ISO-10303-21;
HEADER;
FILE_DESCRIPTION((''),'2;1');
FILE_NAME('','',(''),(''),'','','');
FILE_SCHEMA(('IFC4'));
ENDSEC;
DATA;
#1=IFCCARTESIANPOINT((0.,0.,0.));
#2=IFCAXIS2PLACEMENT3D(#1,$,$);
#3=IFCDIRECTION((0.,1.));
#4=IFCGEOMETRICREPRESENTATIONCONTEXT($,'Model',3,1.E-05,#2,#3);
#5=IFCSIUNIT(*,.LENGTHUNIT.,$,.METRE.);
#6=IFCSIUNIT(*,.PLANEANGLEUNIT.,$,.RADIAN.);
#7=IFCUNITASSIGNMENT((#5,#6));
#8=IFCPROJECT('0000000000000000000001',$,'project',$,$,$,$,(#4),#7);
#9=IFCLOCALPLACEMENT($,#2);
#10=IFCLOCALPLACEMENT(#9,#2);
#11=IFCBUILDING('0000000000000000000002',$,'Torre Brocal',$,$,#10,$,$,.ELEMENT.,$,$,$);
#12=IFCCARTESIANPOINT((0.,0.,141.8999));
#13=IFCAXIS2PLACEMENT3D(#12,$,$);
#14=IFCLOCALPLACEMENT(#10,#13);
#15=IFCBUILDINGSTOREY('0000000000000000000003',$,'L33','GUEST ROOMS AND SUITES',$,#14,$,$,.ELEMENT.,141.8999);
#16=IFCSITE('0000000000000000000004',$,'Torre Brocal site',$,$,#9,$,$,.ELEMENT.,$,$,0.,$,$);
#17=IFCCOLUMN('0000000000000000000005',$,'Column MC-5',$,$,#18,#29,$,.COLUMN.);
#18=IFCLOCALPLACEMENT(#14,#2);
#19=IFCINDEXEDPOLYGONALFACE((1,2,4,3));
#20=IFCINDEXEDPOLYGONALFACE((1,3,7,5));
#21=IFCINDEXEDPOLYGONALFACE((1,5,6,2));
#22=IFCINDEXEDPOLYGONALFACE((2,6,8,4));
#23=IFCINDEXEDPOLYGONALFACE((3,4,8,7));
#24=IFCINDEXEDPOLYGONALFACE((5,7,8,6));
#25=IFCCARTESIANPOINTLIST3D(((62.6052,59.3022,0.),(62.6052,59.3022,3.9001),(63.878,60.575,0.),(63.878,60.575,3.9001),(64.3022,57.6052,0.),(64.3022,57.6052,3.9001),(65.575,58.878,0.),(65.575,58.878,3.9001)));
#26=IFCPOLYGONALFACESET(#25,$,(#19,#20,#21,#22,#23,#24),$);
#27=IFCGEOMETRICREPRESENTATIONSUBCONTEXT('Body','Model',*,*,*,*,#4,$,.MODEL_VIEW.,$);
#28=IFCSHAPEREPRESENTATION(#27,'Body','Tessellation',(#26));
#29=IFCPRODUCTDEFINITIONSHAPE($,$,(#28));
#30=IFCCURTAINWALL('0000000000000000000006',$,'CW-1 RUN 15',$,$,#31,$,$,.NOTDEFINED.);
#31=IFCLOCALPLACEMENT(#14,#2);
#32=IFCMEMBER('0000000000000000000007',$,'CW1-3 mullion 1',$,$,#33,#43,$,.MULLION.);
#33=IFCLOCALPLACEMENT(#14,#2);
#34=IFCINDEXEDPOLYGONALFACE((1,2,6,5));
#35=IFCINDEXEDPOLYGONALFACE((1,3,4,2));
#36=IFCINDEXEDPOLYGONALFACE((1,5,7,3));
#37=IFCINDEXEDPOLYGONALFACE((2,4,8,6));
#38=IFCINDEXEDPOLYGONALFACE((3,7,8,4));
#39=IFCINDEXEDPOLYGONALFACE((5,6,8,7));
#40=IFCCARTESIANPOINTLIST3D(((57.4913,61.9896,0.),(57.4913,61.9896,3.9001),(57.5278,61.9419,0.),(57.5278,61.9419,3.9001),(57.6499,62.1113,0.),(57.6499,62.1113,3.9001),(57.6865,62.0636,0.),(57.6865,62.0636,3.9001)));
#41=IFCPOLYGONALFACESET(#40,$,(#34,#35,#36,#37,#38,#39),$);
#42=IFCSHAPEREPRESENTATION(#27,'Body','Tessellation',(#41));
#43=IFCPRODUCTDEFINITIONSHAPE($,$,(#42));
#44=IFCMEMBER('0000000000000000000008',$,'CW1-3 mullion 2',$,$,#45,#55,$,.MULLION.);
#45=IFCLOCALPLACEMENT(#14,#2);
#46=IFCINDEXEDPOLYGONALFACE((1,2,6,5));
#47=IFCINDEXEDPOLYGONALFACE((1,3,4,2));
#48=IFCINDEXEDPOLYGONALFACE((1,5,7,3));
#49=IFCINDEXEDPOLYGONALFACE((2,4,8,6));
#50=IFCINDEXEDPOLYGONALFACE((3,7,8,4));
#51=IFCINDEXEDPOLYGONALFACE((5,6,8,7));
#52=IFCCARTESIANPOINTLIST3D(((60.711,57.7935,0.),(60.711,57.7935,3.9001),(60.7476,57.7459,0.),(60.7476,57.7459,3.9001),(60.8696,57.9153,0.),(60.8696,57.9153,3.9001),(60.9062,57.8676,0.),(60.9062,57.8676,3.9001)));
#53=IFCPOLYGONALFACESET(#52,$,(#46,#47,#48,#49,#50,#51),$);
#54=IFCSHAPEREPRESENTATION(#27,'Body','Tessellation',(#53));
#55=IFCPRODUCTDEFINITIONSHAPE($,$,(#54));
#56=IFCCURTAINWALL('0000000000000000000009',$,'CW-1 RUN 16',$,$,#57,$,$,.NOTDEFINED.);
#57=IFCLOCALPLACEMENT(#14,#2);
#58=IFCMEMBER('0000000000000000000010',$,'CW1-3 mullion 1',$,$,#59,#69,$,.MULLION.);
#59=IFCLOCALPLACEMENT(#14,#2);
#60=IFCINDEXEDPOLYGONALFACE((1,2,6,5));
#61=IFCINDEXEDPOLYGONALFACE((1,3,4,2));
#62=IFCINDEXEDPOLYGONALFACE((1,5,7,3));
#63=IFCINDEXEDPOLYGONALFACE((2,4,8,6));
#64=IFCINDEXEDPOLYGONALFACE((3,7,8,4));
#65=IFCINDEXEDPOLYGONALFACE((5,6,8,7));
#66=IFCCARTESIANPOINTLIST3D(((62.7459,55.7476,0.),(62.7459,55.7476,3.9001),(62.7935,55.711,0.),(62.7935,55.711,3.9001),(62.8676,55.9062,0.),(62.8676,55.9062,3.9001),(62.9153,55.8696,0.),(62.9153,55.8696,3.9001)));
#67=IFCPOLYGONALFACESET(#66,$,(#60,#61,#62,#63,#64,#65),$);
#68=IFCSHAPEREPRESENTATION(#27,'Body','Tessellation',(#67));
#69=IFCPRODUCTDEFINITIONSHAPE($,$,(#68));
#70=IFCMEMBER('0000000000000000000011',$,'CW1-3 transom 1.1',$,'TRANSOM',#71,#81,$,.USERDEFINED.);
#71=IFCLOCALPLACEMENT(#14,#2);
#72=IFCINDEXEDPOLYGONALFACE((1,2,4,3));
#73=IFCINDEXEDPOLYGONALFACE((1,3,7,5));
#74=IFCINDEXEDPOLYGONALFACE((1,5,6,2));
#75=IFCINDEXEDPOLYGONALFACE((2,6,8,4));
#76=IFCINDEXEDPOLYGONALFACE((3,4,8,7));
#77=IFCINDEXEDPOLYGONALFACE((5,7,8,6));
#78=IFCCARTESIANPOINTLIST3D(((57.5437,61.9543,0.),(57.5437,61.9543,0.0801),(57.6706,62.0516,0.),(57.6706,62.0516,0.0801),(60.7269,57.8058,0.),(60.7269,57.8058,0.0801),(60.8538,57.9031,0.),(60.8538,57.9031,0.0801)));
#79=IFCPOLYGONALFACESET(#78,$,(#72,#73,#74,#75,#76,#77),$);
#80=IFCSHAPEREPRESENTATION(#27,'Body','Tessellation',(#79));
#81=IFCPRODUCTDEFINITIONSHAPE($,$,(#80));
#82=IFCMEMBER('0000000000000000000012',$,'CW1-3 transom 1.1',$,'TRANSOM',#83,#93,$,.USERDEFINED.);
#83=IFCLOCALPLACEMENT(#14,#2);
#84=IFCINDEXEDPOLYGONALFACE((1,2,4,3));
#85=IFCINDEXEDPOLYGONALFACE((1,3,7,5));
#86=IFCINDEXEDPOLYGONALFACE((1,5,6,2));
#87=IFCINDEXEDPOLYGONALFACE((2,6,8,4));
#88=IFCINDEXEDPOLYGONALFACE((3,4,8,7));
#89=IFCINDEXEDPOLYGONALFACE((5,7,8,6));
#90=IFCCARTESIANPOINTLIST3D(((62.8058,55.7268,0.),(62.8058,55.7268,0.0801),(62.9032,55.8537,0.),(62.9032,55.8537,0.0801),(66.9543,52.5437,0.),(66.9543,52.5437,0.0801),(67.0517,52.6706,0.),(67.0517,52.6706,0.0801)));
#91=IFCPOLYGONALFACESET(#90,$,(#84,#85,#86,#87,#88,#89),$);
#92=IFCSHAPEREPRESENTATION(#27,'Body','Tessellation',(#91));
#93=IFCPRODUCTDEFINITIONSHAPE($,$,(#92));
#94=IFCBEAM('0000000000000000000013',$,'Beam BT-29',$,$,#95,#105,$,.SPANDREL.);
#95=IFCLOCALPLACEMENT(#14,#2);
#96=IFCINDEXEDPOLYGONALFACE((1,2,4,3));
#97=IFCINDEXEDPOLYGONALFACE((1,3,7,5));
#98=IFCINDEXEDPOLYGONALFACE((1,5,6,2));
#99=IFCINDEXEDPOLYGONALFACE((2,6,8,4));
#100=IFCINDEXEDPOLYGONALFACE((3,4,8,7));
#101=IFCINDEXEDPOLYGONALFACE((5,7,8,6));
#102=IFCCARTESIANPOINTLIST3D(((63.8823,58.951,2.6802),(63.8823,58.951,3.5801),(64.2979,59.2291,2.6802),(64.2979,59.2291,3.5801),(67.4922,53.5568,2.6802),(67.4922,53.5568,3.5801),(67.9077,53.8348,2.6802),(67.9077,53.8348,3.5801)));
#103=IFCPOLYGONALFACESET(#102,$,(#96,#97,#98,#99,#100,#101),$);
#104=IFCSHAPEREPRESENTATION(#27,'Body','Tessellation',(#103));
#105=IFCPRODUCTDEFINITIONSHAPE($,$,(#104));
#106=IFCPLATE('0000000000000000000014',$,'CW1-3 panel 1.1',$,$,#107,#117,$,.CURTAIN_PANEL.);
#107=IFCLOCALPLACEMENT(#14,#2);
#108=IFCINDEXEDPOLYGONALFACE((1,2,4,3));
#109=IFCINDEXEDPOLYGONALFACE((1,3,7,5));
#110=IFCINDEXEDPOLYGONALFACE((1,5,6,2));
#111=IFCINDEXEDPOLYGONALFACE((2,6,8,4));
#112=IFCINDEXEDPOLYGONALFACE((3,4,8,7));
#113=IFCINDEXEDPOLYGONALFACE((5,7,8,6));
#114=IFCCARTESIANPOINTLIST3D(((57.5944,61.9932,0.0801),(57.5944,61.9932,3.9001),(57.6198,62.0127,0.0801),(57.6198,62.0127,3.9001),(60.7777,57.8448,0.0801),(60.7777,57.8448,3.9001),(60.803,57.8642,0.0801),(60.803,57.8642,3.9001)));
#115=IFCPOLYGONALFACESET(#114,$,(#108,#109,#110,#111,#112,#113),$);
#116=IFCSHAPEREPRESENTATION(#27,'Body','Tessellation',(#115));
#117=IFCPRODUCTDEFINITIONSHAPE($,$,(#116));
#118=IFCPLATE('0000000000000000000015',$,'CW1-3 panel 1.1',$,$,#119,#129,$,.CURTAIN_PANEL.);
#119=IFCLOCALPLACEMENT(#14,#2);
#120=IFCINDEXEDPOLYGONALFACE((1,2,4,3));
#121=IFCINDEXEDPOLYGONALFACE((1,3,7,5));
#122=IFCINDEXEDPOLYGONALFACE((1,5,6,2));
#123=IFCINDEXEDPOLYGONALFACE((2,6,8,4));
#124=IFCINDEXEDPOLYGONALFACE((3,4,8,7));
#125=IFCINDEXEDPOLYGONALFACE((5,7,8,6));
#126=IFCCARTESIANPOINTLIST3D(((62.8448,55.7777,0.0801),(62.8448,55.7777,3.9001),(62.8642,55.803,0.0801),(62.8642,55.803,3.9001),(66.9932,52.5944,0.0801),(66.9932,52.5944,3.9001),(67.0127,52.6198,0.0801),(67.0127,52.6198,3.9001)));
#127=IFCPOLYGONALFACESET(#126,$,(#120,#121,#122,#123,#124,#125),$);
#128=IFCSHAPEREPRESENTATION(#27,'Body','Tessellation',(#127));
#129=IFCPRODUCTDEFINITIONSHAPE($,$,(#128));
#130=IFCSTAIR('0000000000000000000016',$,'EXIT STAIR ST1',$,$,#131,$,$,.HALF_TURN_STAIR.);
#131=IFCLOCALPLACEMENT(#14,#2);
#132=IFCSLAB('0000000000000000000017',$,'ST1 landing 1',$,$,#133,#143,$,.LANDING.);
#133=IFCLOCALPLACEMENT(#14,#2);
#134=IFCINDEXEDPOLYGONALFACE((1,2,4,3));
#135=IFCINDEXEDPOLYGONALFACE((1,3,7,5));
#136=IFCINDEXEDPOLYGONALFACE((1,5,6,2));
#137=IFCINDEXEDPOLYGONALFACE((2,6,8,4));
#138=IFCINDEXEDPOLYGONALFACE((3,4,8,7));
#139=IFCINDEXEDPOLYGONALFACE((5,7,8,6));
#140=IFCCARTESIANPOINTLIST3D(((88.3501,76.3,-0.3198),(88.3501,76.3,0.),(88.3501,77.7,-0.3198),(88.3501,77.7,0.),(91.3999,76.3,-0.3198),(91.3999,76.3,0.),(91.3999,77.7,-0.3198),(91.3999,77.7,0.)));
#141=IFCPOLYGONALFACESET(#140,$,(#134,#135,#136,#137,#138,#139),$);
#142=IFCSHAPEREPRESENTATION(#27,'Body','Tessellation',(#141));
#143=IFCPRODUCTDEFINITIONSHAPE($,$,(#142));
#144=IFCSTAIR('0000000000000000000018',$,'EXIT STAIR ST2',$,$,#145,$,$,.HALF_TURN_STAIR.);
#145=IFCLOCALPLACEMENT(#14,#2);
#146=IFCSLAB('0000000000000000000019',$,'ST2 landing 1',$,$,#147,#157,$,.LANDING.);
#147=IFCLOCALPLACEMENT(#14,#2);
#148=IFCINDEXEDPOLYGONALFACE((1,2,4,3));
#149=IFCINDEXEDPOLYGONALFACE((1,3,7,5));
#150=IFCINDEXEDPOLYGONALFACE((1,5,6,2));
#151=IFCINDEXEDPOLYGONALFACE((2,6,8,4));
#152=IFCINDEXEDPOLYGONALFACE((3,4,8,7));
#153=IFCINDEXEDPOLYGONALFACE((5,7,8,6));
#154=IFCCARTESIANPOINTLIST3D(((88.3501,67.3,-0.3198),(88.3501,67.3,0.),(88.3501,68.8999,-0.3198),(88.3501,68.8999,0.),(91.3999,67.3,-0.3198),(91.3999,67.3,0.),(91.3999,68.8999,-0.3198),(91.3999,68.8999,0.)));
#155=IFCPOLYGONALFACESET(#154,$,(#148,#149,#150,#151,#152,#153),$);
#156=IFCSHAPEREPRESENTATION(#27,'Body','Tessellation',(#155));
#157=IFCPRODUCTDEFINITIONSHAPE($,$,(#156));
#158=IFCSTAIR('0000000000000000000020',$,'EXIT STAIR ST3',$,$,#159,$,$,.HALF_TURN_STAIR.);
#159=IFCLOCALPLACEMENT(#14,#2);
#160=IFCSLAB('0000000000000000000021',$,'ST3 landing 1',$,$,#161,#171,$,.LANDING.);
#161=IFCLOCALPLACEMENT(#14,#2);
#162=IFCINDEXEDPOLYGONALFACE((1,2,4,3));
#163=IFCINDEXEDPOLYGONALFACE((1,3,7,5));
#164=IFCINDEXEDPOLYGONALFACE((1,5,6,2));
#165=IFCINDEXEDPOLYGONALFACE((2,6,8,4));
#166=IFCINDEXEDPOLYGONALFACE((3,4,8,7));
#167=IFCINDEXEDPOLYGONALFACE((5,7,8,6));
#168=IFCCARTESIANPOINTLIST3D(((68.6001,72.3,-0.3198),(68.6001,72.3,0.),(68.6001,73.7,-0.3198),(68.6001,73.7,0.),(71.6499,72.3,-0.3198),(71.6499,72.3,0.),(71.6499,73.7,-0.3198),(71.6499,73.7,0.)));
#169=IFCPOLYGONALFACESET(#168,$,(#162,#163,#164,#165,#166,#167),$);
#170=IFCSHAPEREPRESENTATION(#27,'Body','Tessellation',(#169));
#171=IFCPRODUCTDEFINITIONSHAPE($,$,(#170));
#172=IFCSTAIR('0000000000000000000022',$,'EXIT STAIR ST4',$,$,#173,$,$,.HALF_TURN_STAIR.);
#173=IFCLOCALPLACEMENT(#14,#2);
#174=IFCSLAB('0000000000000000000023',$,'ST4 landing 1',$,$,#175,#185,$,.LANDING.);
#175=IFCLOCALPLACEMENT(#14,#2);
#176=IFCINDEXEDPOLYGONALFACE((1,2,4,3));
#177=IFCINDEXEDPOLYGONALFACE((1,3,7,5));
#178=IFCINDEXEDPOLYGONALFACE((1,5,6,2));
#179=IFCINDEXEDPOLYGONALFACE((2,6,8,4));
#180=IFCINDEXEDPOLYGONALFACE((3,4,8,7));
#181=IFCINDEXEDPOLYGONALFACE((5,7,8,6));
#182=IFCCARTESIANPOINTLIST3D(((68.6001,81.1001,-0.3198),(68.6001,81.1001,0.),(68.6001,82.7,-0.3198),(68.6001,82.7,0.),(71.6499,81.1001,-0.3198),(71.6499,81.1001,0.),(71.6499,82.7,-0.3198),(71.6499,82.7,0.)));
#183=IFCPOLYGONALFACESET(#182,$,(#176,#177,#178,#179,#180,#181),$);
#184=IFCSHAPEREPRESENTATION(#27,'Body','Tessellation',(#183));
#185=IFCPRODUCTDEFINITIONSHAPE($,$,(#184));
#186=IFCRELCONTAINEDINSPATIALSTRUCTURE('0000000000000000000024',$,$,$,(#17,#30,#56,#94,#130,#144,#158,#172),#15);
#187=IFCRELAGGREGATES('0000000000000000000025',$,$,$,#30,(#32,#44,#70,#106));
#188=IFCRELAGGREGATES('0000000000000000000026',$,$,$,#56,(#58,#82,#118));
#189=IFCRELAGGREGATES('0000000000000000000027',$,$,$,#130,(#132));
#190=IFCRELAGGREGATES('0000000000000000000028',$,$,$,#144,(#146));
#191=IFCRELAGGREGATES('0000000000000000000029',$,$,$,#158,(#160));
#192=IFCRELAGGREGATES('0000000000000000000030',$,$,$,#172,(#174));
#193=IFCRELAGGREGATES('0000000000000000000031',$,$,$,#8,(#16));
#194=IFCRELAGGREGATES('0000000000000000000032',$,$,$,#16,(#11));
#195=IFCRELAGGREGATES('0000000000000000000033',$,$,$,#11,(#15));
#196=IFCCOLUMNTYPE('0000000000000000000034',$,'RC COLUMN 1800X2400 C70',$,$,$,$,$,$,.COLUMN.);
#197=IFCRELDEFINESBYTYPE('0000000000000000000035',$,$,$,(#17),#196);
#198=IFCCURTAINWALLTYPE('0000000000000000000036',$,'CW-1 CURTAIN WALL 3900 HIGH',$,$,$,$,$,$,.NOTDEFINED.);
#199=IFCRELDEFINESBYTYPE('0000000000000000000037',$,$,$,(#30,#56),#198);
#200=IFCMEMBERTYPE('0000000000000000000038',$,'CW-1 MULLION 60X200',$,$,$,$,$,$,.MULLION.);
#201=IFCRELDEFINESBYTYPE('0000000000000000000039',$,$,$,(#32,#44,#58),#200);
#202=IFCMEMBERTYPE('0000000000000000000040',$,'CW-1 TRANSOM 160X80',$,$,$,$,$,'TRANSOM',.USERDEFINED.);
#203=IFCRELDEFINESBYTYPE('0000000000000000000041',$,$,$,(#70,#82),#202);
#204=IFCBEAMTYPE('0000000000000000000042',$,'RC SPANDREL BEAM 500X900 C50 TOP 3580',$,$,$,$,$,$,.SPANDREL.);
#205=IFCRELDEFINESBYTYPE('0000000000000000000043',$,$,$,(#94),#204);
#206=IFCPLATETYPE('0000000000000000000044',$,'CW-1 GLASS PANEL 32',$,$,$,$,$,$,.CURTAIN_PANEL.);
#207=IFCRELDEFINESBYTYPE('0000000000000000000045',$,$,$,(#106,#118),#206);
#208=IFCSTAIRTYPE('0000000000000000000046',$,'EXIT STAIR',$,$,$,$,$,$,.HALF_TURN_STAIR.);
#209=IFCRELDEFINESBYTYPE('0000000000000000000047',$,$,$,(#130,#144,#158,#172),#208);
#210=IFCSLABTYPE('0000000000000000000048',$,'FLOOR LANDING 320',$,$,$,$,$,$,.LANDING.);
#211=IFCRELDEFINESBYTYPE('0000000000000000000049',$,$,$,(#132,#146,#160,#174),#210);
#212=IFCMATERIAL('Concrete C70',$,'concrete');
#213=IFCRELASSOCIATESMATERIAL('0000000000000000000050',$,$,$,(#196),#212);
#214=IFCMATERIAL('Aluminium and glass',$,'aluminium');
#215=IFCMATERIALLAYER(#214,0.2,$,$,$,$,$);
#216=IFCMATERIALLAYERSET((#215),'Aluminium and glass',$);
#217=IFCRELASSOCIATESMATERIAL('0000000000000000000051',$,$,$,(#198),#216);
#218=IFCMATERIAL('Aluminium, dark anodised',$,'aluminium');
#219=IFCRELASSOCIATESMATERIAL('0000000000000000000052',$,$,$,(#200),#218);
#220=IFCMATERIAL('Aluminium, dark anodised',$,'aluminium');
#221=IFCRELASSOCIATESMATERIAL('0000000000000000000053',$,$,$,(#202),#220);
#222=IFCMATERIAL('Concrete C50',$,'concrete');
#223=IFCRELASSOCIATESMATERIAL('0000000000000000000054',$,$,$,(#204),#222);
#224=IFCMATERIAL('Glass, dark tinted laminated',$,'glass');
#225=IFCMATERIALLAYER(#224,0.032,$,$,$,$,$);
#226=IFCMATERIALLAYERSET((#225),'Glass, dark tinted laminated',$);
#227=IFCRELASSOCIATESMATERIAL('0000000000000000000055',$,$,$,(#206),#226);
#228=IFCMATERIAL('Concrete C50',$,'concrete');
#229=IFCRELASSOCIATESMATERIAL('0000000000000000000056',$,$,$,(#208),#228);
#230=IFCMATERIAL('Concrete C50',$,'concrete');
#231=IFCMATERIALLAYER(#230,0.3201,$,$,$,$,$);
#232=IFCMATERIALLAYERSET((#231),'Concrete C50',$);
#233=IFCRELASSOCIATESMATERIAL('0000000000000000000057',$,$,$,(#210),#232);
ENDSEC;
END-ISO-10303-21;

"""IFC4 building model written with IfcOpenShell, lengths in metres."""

from ifc_helpers import new_model, si_unit, direction, frame, origin, origin_2d, place, context, subcontext, project, spatial, polyline, rectangle, outline, extrude, material, layer, layer_set, material_profile, profile_set, type_object, element, aggregate, save


model = new_model("IFC4")

# Units and contexts
model_context = context("Model", 3, precision=1e-05, world=origin(), true_north=direction((0.0, 1.0)))
body_context = subcontext(model_context, "Body", "Model", "MODEL_VIEW")
ifc_project = project(units=[si_unit("LENGTHUNIT", "METRE"), si_unit("PLANEANGLEUNIT", "RADIAN")], contexts=[model_context])

# Site, building, storey
site_placement = place(None, origin())
site = spatial("IfcSite", under=ifc_project, at=site_placement, Name="Torre Brocal site", CompositionType="ELEMENT", RefElevation=0.0)
building_placement = place(site_placement, origin())
building = spatial("IfcBuilding", under=site, at=building_placement, Name="Torre Brocal", CompositionType="ELEMENT")
storey_placement = place(building_placement, frame((0.0, 0.0, 141.8999)))
storey = spatial("IfcBuildingStorey", under=building, at=storey_placement, Name="L33", Description="GUEST ROOMS AND SUITES", CompositionType="ELEMENT", Elevation=141.8999)

# Column
ifc_material_1 = material(Name="Concrete C70", Category="concrete")
ifc_material_profile_1 = material_profile(ifc_material_1, rectangle(XDim=1.8, YDim=2.3999, at=origin_2d()), Name="RC 1800X2400")
ifc_profile_set_1 = profile_set([ifc_material_profile_1], Name="Concrete C70")
column_type = type_object("IfcColumnType", Name="RC COLUMN 1800X2400 C70", PredefinedType="COLUMN", material=ifc_profile_set_1)
column_placement = place(storey_placement, frame((64.0901, 59.0901, 0.0), z_axis=(0.0, 0.0, 1.0), x_axis=(-0.707107, -0.707107, 0.0)))
element("IfcColumn", 1, at=column_placement, inside=storey, type_object=column_type, Name="Column MC-5", PredefinedType="COLUMN", context=body_context, shape_type="SweptSolid", body=[
    extrude(rectangle(XDim=1.8, YDim=2.3999, at=origin_2d()), origin(), (0.0, 0.0, 1.0), 3.9001),
])

# Curtain wall, members
ifc_material_2 = material(Name="Aluminium and glass", Category="aluminium")
ifc_layer_1 = layer(ifc_material_2, 0.2)
ifc_layer_set_1 = layer_set([ifc_layer_1], Name="Aluminium and glass")
curtain_wall_type = type_object("IfcCurtainWallType", Name="CW-1 CURTAIN WALL 3900 HIGH", PredefinedType="NOTDEFINED", material=ifc_layer_set_1)
curtain_wall_1_placement = place(storey_placement, origin())
curtain_wall_1 = element("IfcCurtainWall", 2, at=curtain_wall_1_placement, inside=storey, type_object=curtain_wall_type, Name="CW-1 RUN 15", PredefinedType="NOTDEFINED")
ifc_material_3 = material(Name="Aluminium, dark anodised", Category="aluminium")
ifc_material_profile_2 = material_profile(ifc_material_3, rectangle(XDim=0.2, YDim=0.0601, at=origin_2d()), Name="CW-1 MULLION 60X200")
ifc_profile_set_2 = profile_set([ifc_material_profile_2], Name="Aluminium, dark anodised")
member_type_1 = type_object("IfcMemberType", Name="CW-1 MULLION 60X200", PredefinedType="MULLION", material=ifc_profile_set_2)
member_1_placement = place(storey_placement, frame((57.5889, 62.0266, 0.0), z_axis=(0.0, 0.0, 1.0), x_axis=(0.793353, 0.608761, 0.0)))
member_1 = element("IfcMember", 3, at=member_1_placement, type_object=member_type_1, Name="CW1-3 mullion 1", PredefinedType="MULLION", context=body_context, shape_type="SweptSolid", body=[
    extrude(rectangle(XDim=0.2, YDim=0.0601, at=origin_2d()), origin(), (0.0, 0.0, 1.0), 3.9001),
])
member_2_placement = place(storey_placement, frame((60.8086, 57.8306, 0.0), z_axis=(0.0, 0.0, 1.0), x_axis=(0.793353, 0.608761, 0.0)))
member_2 = element("IfcMember", 4, at=member_2_placement, type_object=member_type_1, Name="CW1-3 mullion 2", PredefinedType="MULLION", context=body_context, shape_type="SweptSolid", body=[
    extrude(rectangle(XDim=0.2, YDim=0.0601, at=origin_2d()), origin(), (0.0, 0.0, 1.0), 3.9001),
])

# Curtain wall, member
curtain_wall_2_placement = place(storey_placement, origin())
curtain_wall_2 = element("IfcCurtainWall", 5, at=curtain_wall_2_placement, inside=storey, type_object=curtain_wall_type, Name="CW-1 RUN 16", PredefinedType="NOTDEFINED")
member_3_placement = place(storey_placement, frame((62.8306, 55.8086, 0.0), z_axis=(0.0, 0.0, 1.0), x_axis=(0.608761, 0.793353, 0.0)))
member_3 = element("IfcMember", 6, at=member_3_placement, type_object=member_type_1, Name="CW1-3 mullion 1", PredefinedType="MULLION", context=body_context, shape_type="SweptSolid", body=[
    extrude(rectangle(XDim=0.2, YDim=0.0601, at=origin_2d()), origin(), (0.0, 0.0, 1.0), 3.9001),
])

# Members
ifc_material_4 = material(Name="Aluminium, dark anodised", Category="aluminium")
ifc_material_profile_3 = material_profile(ifc_material_4, rectangle(XDim=0.1599, YDim=0.0801, at=origin_2d()), Name="CW-1 TRANSOM 160X80")
ifc_profile_set_3 = profile_set([ifc_material_profile_3], Name="Aluminium, dark anodised")
member_type_2 = type_object("IfcMemberType", Name="CW-1 TRANSOM 160X80", ElementType="TRANSOM", PredefinedType="USERDEFINED", material=ifc_profile_set_3)
member_4_placement = place(storey_placement, frame((57.6072, 62.0029, 0.04), z_axis=(0.608749, -0.793363, 0.0), x_axis=(0.793363, 0.608749, 0.0)))
member_4 = element("IfcMember", 7, at=member_4_placement, type_object=member_type_2, Name="CW1-3 transom 1.1", ObjectType="TRANSOM", PredefinedType="USERDEFINED", context=body_context, shape_type="SweptSolid", body=[
    extrude(rectangle(XDim=0.1599, YDim=0.0801, at=origin_2d()), origin(), (0.0, 0.0, 1.0), 5.229),
])
member_5_placement = place(storey_placement, frame((62.8545, 55.7903, 0.04), z_axis=(0.793363, -0.608749, 0.0), x_axis=(0.608749, 0.793363, 0.0)))
member_5 = element("IfcMember", 8, at=member_5_placement, type_object=member_type_2, Name="CW1-3 transom 1.1", ObjectType="TRANSOM", PredefinedType="USERDEFINED", context=body_context, shape_type="SweptSolid", body=[
    extrude(rectangle(XDim=0.1599, YDim=0.0801, at=origin_2d()), origin(), (0.0, 0.0, 1.0), 5.229),
])

# Beam
ifc_material_5 = material(Name="Concrete C50", Category="concrete")
ifc_material_profile_4 = material_profile(ifc_material_5, rectangle(XDim=0.5, YDim=0.8999, at=origin_2d()), Name="RC 500X900")
ifc_profile_set_4 = profile_set([ifc_material_profile_4], Name="Concrete C50")
beam_type = type_object("IfcBeamType", Name="RC SPANDREL BEAM 500X900 C50 TOP 3580", PredefinedType="SPANDREL", material=ifc_profile_set_4)
beam_placement = place(storey_placement, frame((64.0901, 59.0901, 3.1301), z_axis=(0.556158, -0.831077, 0.0), x_axis=(0.831077, 0.556158, 0.0)))
element("IfcBeam", 9, at=beam_placement, inside=storey, type_object=beam_type, Name="Beam BT-29", PredefinedType="SPANDREL", context=body_context, shape_type="SweptSolid", body=[
    extrude(rectangle(XDim=0.5, YDim=0.8999, at=origin_2d()), origin(), (0.0, 0.0, 1.0), 6.4907),
])

# Plates
ifc_material_6 = material(Name="Glass, dark tinted laminated", Category="glass")
ifc_layer_2 = layer(ifc_material_6, 0.032)
ifc_layer_set_2 = layer_set([ifc_layer_2], Name="Glass, dark tinted laminated")
plate_type = type_object("IfcPlateType", Name="CW-1 GLASS PANEL 32", PredefinedType="CURTAIN_PANEL", material=ifc_layer_set_2)
plate_1_placement = place(storey_placement, frame((59.1987, 59.9287, 0.0801), z_axis=(0.0, 0.0, 1.0), x_axis=(0.608761, -0.793353, 0.0)))
plate_1 = element("IfcPlate", 10, at=plate_1_placement, type_object=plate_type, Name="CW1-3 panel 1.1", PredefinedType="CURTAIN_PANEL", context=body_context, shape_type="SweptSolid", body=[
    extrude(rectangle(XDim=5.229, YDim=0.032, at=origin_2d()), origin(), (0.0, 0.0, 1.0), 3.8201),
])
aggregate(curtain_wall_1, [member_1, member_2, member_4, plate_1])
plate_2_placement = place(storey_placement, frame((64.9287, 54.1987, 0.0801), z_axis=(0.0, 0.0, 1.0), x_axis=(0.793353, -0.608761, 0.0)))
plate_2 = element("IfcPlate", 11, at=plate_2_placement, type_object=plate_type, Name="CW1-3 panel 1.1", PredefinedType="CURTAIN_PANEL", context=body_context, shape_type="SweptSolid", body=[
    extrude(rectangle(XDim=5.229, YDim=0.032, at=origin_2d()), origin(), (0.0, 0.0, 1.0), 3.8201),
])
aggregate(curtain_wall_2, [member_3, member_5, plate_2])

# Stairs, slabs
ifc_material_7 = material(Name="Concrete C50", Category="concrete")
stair_type = type_object("IfcStairType", Name="EXIT STAIR", PredefinedType="HALF_TURN_STAIR", material=ifc_material_7)
stair_1_placement = place(storey_placement, origin())
stair_1 = element("IfcStair", 12, at=stair_1_placement, inside=storey, type_object=stair_type, Name="EXIT STAIR ST1", PredefinedType="HALF_TURN_STAIR")
ifc_material_8 = material(Name="Concrete C50", Category="concrete")
ifc_layer_3 = layer(ifc_material_8, 0.3201)
ifc_layer_set_3 = layer_set([ifc_layer_3], Name="Concrete C50")
slab_type_1 = type_object("IfcSlabType", Name="FLOOR LANDING 320", PredefinedType="LANDING", material=ifc_layer_set_3)
slab_1_placement = place(storey_placement, frame((0.0, 0.0, -0.3198)))
slab_1 = element("IfcSlab", 13, at=slab_1_placement, type_object=slab_type_1, Name="ST1 landing 1", PredefinedType="LANDING", context=body_context, shape_type="SweptSolid", body=[
    extrude(outline(polyline([(88.3501, 76.3), (91.3999, 76.3), (91.3999, 77.7), (88.3501, 77.7), (88.3501, 76.3)])), origin(), (0.0, 0.0, 1.0), 0.3198),
])
stair_2_placement = place(storey_placement, origin())
stair_2 = element("IfcStair", 14, at=stair_2_placement, inside=storey, type_object=stair_type, Name="EXIT STAIR ST2", PredefinedType="HALF_TURN_STAIR")
slab_2_placement = place(storey_placement, frame((0.0, 0.0, -0.3198)))
slab_2 = element("IfcSlab", 15, at=slab_2_placement, type_object=slab_type_1, Name="ST2 landing 1", PredefinedType="LANDING", context=body_context, shape_type="SweptSolid", body=[
    extrude(outline(polyline([(88.3501, 67.3), (91.3999, 67.3), (91.3999, 68.8999), (88.3501, 68.8999), (88.3501, 67.3)])), origin(), (0.0, 0.0, 1.0), 0.3198),
])
stair_3_placement = place(storey_placement, origin())
stair_3 = element("IfcStair", 16, at=stair_3_placement, inside=storey, type_object=stair_type, Name="EXIT STAIR ST3", PredefinedType="HALF_TURN_STAIR")
slab_3_placement = place(storey_placement, frame((0.0, 0.0, -0.3198)))
slab_3 = element("IfcSlab", 17, at=slab_3_placement, type_object=slab_type_1, Name="ST3 landing 1", PredefinedType="LANDING", context=body_context, shape_type="SweptSolid", body=[
    extrude(outline(polyline([(71.6499, 73.7), (68.6001, 73.7), (68.6001, 72.3), (71.6499, 72.3), (71.6499, 73.7)])), origin(), (0.0, 0.0, 1.0), 0.3198),
])
stair_4_placement = place(storey_placement, origin())
stair_4 = element("IfcStair", 18, at=stair_4_placement, inside=storey, type_object=stair_type, Name="EXIT STAIR ST4", PredefinedType="HALF_TURN_STAIR")
slab_4_placement = place(storey_placement, frame((0.0, 0.0, -0.3198)))
slab_4 = element("IfcSlab", 19, at=slab_4_placement, type_object=slab_type_1, Name="ST4 landing 1", PredefinedType="LANDING", context=body_context, shape_type="SweptSolid", body=[
    extrude(outline(polyline([(71.6499, 82.7), (68.6001, 82.7), (68.6001, 81.1001), (71.6499, 81.1001), (71.6499, 82.7)])), origin(), (0.0, 0.0, 1.0), 0.3198),
])

aggregate(stair_1, [slab_1])
aggregate(stair_2, [slab_2])
aggregate(stair_3, [slab_3])
aggregate(stair_4, [slab_4])

save(model, "model.ifc")
